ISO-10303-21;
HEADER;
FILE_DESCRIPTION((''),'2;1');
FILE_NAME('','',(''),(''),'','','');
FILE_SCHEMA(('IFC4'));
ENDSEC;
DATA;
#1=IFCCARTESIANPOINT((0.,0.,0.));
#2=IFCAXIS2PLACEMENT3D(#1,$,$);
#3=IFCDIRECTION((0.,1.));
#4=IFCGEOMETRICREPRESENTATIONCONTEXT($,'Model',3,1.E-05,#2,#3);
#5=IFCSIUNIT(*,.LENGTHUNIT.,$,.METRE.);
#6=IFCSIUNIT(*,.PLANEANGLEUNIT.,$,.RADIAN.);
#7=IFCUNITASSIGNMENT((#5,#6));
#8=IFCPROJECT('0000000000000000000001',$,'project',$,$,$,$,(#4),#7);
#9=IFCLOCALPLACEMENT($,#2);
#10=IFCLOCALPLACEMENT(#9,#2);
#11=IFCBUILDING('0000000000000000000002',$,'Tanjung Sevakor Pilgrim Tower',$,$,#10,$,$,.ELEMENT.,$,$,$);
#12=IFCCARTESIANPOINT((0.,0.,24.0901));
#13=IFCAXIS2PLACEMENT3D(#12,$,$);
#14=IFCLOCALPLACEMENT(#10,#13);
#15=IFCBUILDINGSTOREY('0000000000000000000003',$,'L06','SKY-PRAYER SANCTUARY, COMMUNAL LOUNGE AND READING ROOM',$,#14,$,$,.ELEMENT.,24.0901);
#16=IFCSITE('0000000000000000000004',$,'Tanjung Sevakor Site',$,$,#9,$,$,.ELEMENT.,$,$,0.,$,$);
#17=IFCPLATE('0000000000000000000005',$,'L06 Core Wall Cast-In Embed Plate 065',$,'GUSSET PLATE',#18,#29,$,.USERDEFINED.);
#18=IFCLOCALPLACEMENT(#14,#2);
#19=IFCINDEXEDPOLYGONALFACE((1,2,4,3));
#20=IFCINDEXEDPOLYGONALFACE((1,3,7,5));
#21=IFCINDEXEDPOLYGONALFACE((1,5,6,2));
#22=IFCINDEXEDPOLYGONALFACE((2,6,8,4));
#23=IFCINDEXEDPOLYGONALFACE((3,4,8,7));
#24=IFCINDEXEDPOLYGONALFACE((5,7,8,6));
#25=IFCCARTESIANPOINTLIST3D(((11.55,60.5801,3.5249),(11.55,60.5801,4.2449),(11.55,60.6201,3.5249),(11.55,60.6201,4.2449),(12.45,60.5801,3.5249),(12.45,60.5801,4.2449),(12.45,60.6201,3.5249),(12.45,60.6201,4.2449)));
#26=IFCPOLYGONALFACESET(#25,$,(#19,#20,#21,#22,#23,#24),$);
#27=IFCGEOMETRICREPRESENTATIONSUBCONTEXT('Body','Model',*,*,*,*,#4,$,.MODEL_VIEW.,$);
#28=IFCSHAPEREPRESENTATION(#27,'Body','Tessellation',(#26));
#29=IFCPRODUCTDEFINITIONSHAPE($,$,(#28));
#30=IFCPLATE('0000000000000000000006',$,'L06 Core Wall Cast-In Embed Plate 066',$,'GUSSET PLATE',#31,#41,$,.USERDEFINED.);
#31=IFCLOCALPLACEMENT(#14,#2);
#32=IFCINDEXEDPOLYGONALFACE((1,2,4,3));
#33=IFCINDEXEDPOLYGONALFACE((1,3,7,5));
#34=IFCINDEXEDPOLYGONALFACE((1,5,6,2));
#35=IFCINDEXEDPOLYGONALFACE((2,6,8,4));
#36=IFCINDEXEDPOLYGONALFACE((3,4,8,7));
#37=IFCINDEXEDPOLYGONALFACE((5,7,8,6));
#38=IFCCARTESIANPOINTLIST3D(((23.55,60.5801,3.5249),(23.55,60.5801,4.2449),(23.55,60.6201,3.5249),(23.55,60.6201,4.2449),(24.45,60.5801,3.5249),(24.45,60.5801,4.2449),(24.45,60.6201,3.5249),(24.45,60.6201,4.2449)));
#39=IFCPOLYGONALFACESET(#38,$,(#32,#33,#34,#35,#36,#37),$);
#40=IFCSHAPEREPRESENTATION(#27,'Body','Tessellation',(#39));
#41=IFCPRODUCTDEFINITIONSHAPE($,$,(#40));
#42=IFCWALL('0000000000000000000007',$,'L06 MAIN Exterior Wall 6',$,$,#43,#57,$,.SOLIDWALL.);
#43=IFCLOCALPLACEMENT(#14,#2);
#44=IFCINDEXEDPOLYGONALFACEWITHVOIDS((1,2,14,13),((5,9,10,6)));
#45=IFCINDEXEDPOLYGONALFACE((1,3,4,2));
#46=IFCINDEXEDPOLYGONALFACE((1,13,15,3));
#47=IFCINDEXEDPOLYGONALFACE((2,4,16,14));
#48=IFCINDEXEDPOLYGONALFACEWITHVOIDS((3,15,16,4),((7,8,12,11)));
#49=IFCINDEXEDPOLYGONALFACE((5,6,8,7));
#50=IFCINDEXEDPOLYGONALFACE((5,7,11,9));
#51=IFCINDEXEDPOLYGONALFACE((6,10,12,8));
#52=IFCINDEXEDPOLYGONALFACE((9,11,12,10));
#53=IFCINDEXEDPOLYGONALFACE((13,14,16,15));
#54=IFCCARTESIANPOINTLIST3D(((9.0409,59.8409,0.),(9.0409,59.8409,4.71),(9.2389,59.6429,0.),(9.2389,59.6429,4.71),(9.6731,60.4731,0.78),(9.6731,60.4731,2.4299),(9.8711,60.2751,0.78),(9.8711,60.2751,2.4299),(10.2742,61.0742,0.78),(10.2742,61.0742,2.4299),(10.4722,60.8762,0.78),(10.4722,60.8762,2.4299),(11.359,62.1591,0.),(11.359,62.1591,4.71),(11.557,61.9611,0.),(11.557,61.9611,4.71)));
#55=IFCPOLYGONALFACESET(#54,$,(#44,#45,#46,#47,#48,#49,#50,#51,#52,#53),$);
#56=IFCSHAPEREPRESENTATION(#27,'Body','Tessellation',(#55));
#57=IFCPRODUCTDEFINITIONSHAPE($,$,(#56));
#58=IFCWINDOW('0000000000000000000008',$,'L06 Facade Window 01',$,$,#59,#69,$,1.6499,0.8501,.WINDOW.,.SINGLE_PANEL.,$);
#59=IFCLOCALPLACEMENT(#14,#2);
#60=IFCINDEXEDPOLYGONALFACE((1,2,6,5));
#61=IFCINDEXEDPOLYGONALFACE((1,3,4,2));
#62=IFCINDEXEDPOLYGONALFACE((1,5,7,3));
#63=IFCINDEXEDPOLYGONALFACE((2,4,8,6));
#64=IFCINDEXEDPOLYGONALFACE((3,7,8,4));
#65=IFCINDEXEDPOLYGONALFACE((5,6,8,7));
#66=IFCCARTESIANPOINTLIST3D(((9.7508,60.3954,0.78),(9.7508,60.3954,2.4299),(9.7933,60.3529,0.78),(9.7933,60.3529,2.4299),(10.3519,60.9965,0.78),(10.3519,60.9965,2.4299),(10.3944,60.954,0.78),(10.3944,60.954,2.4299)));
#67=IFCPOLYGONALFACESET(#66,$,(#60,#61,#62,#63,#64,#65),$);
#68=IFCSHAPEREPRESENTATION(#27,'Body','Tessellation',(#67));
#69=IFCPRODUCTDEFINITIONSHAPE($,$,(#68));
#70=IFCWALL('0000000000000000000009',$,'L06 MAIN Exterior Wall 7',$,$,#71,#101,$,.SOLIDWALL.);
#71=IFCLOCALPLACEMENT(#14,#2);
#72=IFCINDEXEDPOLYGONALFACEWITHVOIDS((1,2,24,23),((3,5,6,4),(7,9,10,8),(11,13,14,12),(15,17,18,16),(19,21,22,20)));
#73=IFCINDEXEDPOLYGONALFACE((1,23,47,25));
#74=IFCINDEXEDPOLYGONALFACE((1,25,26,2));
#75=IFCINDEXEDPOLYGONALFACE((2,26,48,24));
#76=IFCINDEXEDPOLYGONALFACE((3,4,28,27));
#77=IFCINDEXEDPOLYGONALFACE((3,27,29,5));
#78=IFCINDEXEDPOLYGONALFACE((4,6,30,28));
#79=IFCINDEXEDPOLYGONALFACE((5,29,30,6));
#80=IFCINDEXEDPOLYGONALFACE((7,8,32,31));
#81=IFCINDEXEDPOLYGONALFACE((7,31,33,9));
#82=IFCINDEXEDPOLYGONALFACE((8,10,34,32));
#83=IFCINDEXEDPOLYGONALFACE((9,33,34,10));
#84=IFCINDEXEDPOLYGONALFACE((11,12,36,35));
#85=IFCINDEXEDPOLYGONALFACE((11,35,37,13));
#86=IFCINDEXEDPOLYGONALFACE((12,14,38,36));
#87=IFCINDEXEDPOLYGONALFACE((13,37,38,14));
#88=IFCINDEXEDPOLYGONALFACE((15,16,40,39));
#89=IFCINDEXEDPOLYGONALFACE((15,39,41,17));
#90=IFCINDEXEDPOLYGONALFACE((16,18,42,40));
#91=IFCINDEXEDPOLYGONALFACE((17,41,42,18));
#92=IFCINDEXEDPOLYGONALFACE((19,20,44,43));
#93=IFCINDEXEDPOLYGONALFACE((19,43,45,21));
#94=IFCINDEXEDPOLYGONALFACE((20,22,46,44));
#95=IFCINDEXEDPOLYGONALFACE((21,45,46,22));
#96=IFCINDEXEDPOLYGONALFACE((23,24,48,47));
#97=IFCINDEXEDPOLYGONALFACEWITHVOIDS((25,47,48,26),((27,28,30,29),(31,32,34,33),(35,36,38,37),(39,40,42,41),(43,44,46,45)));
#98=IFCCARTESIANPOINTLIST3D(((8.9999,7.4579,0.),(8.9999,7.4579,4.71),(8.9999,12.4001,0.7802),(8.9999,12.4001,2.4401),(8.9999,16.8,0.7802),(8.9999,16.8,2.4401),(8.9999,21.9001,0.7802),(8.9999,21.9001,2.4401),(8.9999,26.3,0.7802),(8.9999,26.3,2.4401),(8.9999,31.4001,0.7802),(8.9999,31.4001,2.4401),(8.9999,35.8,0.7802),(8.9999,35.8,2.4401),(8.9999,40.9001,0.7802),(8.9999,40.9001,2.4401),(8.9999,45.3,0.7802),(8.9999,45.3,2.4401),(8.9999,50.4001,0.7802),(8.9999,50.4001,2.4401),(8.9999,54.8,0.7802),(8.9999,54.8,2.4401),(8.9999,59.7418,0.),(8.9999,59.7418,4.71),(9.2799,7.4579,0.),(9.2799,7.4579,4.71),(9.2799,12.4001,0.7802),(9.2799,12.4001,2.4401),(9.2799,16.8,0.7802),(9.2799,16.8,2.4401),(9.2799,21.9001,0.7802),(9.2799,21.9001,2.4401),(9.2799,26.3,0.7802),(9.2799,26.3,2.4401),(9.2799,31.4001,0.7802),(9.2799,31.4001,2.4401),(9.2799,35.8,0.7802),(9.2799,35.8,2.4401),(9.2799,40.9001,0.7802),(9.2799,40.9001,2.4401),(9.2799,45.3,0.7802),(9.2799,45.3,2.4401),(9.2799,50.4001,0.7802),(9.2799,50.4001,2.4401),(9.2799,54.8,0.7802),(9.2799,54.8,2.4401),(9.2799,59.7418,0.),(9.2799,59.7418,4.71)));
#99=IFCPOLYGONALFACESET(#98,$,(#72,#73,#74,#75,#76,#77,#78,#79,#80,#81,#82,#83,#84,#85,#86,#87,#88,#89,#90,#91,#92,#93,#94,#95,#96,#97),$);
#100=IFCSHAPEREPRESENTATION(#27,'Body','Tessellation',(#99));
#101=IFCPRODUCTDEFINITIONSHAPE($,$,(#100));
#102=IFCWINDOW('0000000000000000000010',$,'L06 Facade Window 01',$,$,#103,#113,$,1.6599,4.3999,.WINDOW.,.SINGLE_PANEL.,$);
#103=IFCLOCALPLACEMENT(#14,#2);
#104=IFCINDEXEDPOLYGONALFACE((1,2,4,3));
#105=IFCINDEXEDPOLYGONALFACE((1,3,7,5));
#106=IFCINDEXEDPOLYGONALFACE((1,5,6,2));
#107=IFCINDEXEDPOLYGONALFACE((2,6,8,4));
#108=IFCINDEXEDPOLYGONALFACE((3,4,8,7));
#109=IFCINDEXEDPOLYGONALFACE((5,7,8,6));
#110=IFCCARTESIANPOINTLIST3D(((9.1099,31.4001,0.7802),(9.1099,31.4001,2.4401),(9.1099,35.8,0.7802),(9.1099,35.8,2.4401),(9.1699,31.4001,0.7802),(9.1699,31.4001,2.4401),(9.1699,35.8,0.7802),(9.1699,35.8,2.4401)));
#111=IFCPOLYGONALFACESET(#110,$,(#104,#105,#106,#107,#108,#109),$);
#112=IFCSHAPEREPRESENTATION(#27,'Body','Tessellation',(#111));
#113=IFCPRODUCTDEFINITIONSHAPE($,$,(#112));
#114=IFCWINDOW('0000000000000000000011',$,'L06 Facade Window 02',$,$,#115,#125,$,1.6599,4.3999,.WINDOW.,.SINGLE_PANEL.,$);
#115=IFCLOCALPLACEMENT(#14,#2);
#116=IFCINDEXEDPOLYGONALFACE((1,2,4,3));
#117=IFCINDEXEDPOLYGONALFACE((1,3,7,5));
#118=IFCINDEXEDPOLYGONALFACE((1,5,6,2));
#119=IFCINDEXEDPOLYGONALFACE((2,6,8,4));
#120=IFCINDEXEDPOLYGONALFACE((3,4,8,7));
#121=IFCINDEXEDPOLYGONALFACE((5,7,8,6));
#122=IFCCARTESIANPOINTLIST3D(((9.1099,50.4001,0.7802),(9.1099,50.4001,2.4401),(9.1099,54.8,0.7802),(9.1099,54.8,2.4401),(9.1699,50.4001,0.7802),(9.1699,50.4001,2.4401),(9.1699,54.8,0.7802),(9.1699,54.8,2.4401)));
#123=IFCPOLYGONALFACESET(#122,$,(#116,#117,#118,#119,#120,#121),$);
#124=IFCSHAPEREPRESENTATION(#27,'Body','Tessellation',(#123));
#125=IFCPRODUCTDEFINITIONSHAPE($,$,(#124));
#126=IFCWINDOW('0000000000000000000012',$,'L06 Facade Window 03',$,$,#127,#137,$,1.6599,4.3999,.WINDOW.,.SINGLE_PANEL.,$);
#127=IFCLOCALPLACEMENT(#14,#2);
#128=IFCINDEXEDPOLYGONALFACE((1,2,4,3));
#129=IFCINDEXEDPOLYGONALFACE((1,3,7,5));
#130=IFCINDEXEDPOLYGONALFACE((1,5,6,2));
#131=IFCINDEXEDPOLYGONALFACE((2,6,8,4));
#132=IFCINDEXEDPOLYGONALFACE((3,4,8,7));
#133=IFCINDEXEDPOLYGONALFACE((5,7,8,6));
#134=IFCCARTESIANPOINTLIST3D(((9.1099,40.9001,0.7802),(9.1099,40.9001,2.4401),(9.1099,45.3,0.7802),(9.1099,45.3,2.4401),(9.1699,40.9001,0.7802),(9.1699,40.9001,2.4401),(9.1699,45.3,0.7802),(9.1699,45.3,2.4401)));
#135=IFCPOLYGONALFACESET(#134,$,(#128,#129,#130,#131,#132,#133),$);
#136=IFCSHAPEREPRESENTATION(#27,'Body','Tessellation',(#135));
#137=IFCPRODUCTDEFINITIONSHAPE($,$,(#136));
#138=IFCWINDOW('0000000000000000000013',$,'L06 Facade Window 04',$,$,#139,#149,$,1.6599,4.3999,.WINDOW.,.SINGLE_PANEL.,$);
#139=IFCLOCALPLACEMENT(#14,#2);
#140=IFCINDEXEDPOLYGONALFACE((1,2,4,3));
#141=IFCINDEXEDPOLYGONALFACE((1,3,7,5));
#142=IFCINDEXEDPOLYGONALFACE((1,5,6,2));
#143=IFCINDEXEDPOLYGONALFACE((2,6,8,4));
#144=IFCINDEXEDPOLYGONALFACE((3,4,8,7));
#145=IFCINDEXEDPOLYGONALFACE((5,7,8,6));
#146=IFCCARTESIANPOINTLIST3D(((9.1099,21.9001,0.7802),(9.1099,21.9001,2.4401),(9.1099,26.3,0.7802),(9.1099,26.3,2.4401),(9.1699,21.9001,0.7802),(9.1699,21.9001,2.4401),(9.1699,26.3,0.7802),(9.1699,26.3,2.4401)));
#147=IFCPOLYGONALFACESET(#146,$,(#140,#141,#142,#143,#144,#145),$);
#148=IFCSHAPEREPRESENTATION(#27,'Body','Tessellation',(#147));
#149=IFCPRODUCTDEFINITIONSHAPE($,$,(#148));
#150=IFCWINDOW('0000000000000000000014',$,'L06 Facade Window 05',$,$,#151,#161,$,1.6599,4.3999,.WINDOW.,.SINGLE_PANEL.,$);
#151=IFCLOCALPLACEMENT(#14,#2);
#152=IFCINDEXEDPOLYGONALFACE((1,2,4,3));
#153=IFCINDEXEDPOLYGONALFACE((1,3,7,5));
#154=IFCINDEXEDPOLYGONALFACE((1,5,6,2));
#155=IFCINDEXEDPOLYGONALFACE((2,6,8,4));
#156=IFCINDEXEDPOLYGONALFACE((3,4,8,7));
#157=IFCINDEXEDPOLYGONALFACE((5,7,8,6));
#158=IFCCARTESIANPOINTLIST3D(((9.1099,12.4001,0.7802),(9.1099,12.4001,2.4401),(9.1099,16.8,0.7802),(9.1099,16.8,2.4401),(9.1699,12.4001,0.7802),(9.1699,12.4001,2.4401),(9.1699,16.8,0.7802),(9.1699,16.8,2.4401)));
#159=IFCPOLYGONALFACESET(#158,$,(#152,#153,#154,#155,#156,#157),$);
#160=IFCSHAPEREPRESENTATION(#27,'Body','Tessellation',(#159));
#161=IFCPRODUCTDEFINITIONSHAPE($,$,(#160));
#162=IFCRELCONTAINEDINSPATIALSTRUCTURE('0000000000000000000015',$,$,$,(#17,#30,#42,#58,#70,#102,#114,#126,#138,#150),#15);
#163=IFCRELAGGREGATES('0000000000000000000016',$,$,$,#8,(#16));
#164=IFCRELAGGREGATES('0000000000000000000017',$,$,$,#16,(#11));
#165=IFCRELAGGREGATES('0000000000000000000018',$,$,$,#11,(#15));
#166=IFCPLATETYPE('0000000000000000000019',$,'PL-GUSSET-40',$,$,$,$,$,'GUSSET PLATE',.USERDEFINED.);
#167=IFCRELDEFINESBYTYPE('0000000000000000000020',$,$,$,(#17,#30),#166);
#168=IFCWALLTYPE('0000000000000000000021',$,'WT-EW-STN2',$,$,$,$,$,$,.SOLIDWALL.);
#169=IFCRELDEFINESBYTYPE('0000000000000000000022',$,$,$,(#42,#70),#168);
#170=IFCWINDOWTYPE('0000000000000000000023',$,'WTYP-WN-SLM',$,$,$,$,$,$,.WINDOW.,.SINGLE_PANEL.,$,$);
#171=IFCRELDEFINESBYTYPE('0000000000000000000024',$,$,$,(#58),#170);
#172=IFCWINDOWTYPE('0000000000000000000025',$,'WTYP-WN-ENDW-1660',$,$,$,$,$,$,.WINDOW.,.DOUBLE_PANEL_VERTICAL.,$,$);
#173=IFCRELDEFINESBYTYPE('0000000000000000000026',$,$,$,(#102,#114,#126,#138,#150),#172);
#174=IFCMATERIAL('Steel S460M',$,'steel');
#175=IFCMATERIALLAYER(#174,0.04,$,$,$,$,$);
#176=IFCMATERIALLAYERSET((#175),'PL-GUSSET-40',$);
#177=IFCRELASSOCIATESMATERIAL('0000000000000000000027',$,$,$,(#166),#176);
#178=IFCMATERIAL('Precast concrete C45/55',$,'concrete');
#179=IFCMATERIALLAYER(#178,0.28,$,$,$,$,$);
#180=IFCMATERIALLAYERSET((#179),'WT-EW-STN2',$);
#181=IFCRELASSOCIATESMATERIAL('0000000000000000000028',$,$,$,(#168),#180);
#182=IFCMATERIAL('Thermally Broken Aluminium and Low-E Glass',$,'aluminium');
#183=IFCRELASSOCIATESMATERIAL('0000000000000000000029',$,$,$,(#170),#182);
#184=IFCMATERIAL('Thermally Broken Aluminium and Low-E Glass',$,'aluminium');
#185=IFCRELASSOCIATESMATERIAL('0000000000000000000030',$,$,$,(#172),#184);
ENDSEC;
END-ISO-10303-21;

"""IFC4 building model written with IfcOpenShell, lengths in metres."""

from ifc_helpers import new_model, si_unit, direction, frame, frame_2d, origin, origin_2d, place, context, subcontext, project, spatial, rectangle, extrude, material, layer, layer_set, type_object, element, fill, save


model = new_model("IFC4")

# Units and contexts
model_context = context("Model", 3, precision=1e-05, world=origin(), true_north=direction((0.0, 1.0)))
body_context = subcontext(model_context, "Body", "Model", "MODEL_VIEW")
ifc_project = project(units=[si_unit("LENGTHUNIT", "METRE"), si_unit("PLANEANGLEUNIT", "RADIAN")], contexts=[model_context])

# Site, building, storey
site_placement = place(None, origin())
site = spatial("IfcSite", under=ifc_project, at=site_placement, Name="Tanjung Sevakor Site", CompositionType="ELEMENT", RefElevation=0.0)
building_placement = place(site_placement, origin())
building = spatial("IfcBuilding", under=site, at=building_placement, Name="Tanjung Sevakor Pilgrim Tower", CompositionType="ELEMENT")
storey_placement = place(building_placement, frame((0.0, 0.0, 24.0901)))
storey = spatial("IfcBuildingStorey", under=building, at=storey_placement, Name="L06", Description="SKY-PRAYER SANCTUARY, COMMUNAL LOUNGE AND READING ROOM", CompositionType="ELEMENT", Elevation=24.0901)

# Plates
ifc_material_1 = material(Name="Steel S460M", Category="steel")
ifc_layer_1 = layer(ifc_material_1, 0.04)
ifc_layer_set_1 = layer_set([ifc_layer_1], Name="PL-GUSSET-40")
plate_type = type_object("IfcPlateType", Name="PL-GUSSET-40", ElementType="GUSSET PLATE", PredefinedType="USERDEFINED", material=ifc_layer_set_1)
for number, where, z_axis, x_axis, name in (
    (1, (12.0, 60.6001, 3.5249), (0.0, 0.0, 1.0), (1.0, 0.0, 0.0), "L06 Core Wall Cast-In Embed Plate 065"),
    (2, (24.0, 60.6001, 3.5249), (0.0, 0.0, 1.0), (1.0, 0.0, 0.0), "L06 Core Wall Cast-In Embed Plate 066"),
):
    element("IfcPlate", number, at=place(storey_placement, frame(where, z_axis=z_axis, x_axis=x_axis)), inside=storey, type_object=plate_type, Name=name, ObjectType="GUSSET PLATE", PredefinedType="USERDEFINED", context=body_context, shape_type="SweptSolid", body=[
        extrude(rectangle(XDim=0.8999, YDim=0.04, at=origin_2d()), origin(), (0.0, 0.0, 1.0), 0.72),
    ])

# Wall, opening, window
ifc_material_2 = material(Name="Precast concrete C45/55", Category="concrete")
ifc_layer_2 = layer(ifc_material_2, 0.28)
ifc_layer_set_2 = layer_set([ifc_layer_2], Name="WT-EW-STN2")
wall_type_1 = type_object("IfcWallType", Name="WT-EW-STN2", PredefinedType="SOLIDWALL", material=ifc_layer_set_2)
wall_1_placement = place(storey_placement, frame((11.458, 62.0601, 0.0), z_axis=(0.0, 0.0, 1.0), x_axis=(-0.707107, -0.707107, 0.0)))
wall_1 = element("IfcWall", 3, at=wall_1_placement, inside=storey, type_object=wall_type_1, Name="L06 MAIN Exterior Wall 6", PredefinedType="SOLIDWALL", context=body_context, shape_type="SweptSolid", body=[
    extrude(rectangle(XDim=3.2783, YDim=0.28, at=frame_2d((1.6392, 0.0))), origin(), (0.0, 0.0, 1.0), 4.71),
])
opening_1_placement = place(wall_1_placement, frame((1.5342, 0.0, 0.78)))
opening_1 = element("IfcOpeningElement", 4, at=opening_1_placement, cuts=wall_1, PredefinedType="OPENING", context=body_context, shape_type="SweptSolid", body=[
    extrude(rectangle(XDim=0.8501, YDim=1.6499, at=frame_2d((0.425, 0.825))), frame((0.0, 0.1499, 0.0), z_axis=(0.0, -1.0, 0.0), x_axis=(1.0, 0.0, 0.0)), (0.0, 0.0, 1.0), 0.3),
])
ifc_material_3 = material(Name="Thermally Broken Aluminium and Low-E Glass", Category="aluminium")
window_type_1 = type_object("IfcWindowType", Name="WTYP-WN-SLM", PartitioningType="SINGLE_PANEL", PredefinedType="WINDOW", material=ifc_material_3)
window_1_placement = place(opening_1_placement, origin())
window_1 = element("IfcWindow", 5, at=window_1_placement, inside=storey, type_object=window_type_1, Name="L06 Facade Window 01", OverallHeight=1.6499, OverallWidth=0.8501, PartitioningType="SINGLE_PANEL", PredefinedType="WINDOW", context=body_context, shape_type="SweptSolid", body=[
    extrude(rectangle(XDim=0.8501, YDim=1.6499, at=frame_2d((0.425, 0.825))), frame((0.0, 0.03, 0.0), z_axis=(0.0, -1.0, 0.0), x_axis=(1.0, 0.0, 0.0)), (0.0, 0.0, 1.0), 0.0601),
])
fill(opening_1, window_1)

# Wall, openings, windows
wall_2_placement = place(storey_placement, frame((9.1399, 59.7419, 0.0), z_axis=(0.0, 0.0, 1.0), x_axis=(0.0, -1.0, 0.0)))
wall_2 = element("IfcWall", 6, at=wall_2_placement, inside=storey, type_object=wall_type_1, Name="L06 MAIN Exterior Wall 7", PredefinedType="SOLIDWALL", context=body_context, shape_type="SweptSolid", body=[
    extrude(rectangle(XDim=52.2839, YDim=0.28, at=frame_2d((26.1421, 0.0))), origin(), (0.0, 0.0, 1.0), 4.71),
])
opening_2_placement = place(wall_2_placement, frame((23.9419, 0.0, 0.78)))
opening_2 = element("IfcOpeningElement", 7, at=opening_2_placement, cuts=wall_2, PredefinedType="OPENING", context=body_context, shape_type="SweptSolid", body=[
    extrude(rectangle(XDim=4.3999, YDim=1.6599, at=frame_2d((2.2, 0.8301))), frame((0.0, 0.1499, 0.0), z_axis=(0.0, -1.0, 0.0), x_axis=(1.0, 0.0, 0.0)), (0.0, 0.0, 1.0), 0.3),
])
opening_3_placement = place(wall_2_placement, frame((4.9419, 0.0, 0.78)))
opening_3 = element("IfcOpeningElement", 8, at=opening_3_placement, cuts=wall_2, PredefinedType="OPENING", context=body_context, shape_type="SweptSolid", body=[
    extrude(rectangle(XDim=4.3999, YDim=1.6599, at=frame_2d((2.2, 0.8301))), frame((0.0, 0.1499, 0.0), z_axis=(0.0, -1.0, 0.0), x_axis=(1.0, 0.0, 0.0)), (0.0, 0.0, 1.0), 0.3),
])
opening_4_placement = place(wall_2_placement, frame((14.4419, 0.0, 0.78)))
opening_4 = element("IfcOpeningElement", 9, at=opening_4_placement, cuts=wall_2, PredefinedType="OPENING", context=body_context, shape_type="SweptSolid", body=[
    extrude(rectangle(XDim=4.3999, YDim=1.6599, at=frame_2d((2.2, 0.8301))), frame((0.0, 0.1499, 0.0), z_axis=(0.0, -1.0, 0.0), x_axis=(1.0, 0.0, 0.0)), (0.0, 0.0, 1.0), 0.3),
])
opening_5_placement = place(wall_2_placement, frame((33.4419, 0.0, 0.78)))
opening_5 = element("IfcOpeningElement", 10, at=opening_5_placement, cuts=wall_2, PredefinedType="OPENING", context=body_context, shape_type="SweptSolid", body=[
    extrude(rectangle(XDim=4.3999, YDim=1.6599, at=frame_2d((2.2, 0.8301))), frame((0.0, 0.1499, 0.0), z_axis=(0.0, -1.0, 0.0), x_axis=(1.0, 0.0, 0.0)), (0.0, 0.0, 1.0), 0.3),
])
opening_6_placement = place(wall_2_placement, frame((42.9419, 0.0, 0.78)))
opening_6 = element("IfcOpeningElement", 11, at=opening_6_placement, cuts=wall_2, PredefinedType="OPENING", context=body_context, shape_type="SweptSolid", body=[
    extrude(rectangle(XDim=4.3999, YDim=1.6599, at=frame_2d((2.2, 0.8301))), frame((0.0, 0.1499, 0.0), z_axis=(0.0, -1.0, 0.0), x_axis=(1.0, 0.0, 0.0)), (0.0, 0.0, 1.0), 0.3),
])
ifc_material_4 = material(Name="Thermally Broken Aluminium and Low-E Glass", Category="aluminium")
window_type_2 = type_object("IfcWindowType", Name="WTYP-WN-ENDW-1660", PartitioningType="DOUBLE_PANEL_VERTICAL", PredefinedType="WINDOW", material=ifc_material_4)
window_2_placement = place(opening_2_placement, origin())
window_2 = element("IfcWindow", 12, at=window_2_placement, inside=storey, type_object=window_type_2, Name="L06 Facade Window 01", OverallHeight=1.6599, OverallWidth=4.3999, PartitioningType="SINGLE_PANEL", PredefinedType="WINDOW", context=body_context, shape_type="SweptSolid", body=[
    extrude(rectangle(XDim=4.3999, YDim=1.6599, at=frame_2d((2.2, 0.8301))), frame((0.0, 0.03, 0.0), z_axis=(0.0, -1.0, 0.0), x_axis=(1.0, 0.0, 0.0)), (0.0, 0.0, 1.0), 0.0601),
])
fill(opening_2, window_2)
window_3_placement = place(opening_3_placement, origin())
window_3 = element("IfcWindow", 13, at=window_3_placement, inside=storey, type_object=window_type_2, Name="L06 Facade Window 02", OverallHeight=1.6599, OverallWidth=4.3999, PartitioningType="SINGLE_PANEL", PredefinedType="WINDOW", context=body_context, shape_type="SweptSolid", body=[
    extrude(rectangle(XDim=4.3999, YDim=1.6599, at=frame_2d((2.2, 0.8301))), frame((0.0, 0.03, 0.0), z_axis=(0.0, -1.0, 0.0), x_axis=(1.0, 0.0, 0.0)), (0.0, 0.0, 1.0), 0.0601),
])
fill(opening_3, window_3)
window_4_placement = place(opening_4_placement, origin())
window_4 = element("IfcWindow", 14, at=window_4_placement, inside=storey, type_object=window_type_2, Name="L06 Facade Window 03", OverallHeight=1.6599, OverallWidth=4.3999, PartitioningType="SINGLE_PANEL", PredefinedType="WINDOW", context=body_context, shape_type="SweptSolid", body=[
    extrude(rectangle(XDim=4.3999, YDim=1.6599, at=frame_2d((2.2, 0.8301))), frame((0.0, 0.03, 0.0), z_axis=(0.0, -1.0, 0.0), x_axis=(1.0, 0.0, 0.0)), (0.0, 0.0, 1.0), 0.0601),
])
fill(opening_4, window_4)
window_5_placement = place(opening_5_placement, origin())
window_5 = element("IfcWindow", 15, at=window_5_placement, inside=storey, type_object=window_type_2, Name="L06 Facade Window 04", OverallHeight=1.6599, OverallWidth=4.3999, PartitioningType="SINGLE_PANEL", PredefinedType="WINDOW", context=body_context, shape_type="SweptSolid", body=[
    extrude(rectangle(XDim=4.3999, YDim=1.6599, at=frame_2d((2.2, 0.8301))), frame((0.0, 0.03, 0.0), z_axis=(0.0, -1.0, 0.0), x_axis=(1.0, 0.0, 0.0)), (0.0, 0.0, 1.0), 0.0601),
])
fill(opening_5, window_5)
window_6_placement = place(opening_6_placement, origin())
window_6 = element("IfcWindow", 16, at=window_6_placement, inside=storey, type_object=window_type_2, Name="L06 Facade Window 05", OverallHeight=1.6599, OverallWidth=4.3999, PartitioningType="SINGLE_PANEL", PredefinedType="WINDOW", context=body_context, shape_type="SweptSolid", body=[
    extrude(rectangle(XDim=4.3999, YDim=1.6599, at=frame_2d((2.2, 0.8301))), frame((0.0, 0.03, 0.0), z_axis=(0.0, -1.0, 0.0), x_axis=(1.0, 0.0, 0.0)), (0.0, 0.0, 1.0), 0.0601),
])
fill(opening_6, window_6)

save(model, "model.ifc")
